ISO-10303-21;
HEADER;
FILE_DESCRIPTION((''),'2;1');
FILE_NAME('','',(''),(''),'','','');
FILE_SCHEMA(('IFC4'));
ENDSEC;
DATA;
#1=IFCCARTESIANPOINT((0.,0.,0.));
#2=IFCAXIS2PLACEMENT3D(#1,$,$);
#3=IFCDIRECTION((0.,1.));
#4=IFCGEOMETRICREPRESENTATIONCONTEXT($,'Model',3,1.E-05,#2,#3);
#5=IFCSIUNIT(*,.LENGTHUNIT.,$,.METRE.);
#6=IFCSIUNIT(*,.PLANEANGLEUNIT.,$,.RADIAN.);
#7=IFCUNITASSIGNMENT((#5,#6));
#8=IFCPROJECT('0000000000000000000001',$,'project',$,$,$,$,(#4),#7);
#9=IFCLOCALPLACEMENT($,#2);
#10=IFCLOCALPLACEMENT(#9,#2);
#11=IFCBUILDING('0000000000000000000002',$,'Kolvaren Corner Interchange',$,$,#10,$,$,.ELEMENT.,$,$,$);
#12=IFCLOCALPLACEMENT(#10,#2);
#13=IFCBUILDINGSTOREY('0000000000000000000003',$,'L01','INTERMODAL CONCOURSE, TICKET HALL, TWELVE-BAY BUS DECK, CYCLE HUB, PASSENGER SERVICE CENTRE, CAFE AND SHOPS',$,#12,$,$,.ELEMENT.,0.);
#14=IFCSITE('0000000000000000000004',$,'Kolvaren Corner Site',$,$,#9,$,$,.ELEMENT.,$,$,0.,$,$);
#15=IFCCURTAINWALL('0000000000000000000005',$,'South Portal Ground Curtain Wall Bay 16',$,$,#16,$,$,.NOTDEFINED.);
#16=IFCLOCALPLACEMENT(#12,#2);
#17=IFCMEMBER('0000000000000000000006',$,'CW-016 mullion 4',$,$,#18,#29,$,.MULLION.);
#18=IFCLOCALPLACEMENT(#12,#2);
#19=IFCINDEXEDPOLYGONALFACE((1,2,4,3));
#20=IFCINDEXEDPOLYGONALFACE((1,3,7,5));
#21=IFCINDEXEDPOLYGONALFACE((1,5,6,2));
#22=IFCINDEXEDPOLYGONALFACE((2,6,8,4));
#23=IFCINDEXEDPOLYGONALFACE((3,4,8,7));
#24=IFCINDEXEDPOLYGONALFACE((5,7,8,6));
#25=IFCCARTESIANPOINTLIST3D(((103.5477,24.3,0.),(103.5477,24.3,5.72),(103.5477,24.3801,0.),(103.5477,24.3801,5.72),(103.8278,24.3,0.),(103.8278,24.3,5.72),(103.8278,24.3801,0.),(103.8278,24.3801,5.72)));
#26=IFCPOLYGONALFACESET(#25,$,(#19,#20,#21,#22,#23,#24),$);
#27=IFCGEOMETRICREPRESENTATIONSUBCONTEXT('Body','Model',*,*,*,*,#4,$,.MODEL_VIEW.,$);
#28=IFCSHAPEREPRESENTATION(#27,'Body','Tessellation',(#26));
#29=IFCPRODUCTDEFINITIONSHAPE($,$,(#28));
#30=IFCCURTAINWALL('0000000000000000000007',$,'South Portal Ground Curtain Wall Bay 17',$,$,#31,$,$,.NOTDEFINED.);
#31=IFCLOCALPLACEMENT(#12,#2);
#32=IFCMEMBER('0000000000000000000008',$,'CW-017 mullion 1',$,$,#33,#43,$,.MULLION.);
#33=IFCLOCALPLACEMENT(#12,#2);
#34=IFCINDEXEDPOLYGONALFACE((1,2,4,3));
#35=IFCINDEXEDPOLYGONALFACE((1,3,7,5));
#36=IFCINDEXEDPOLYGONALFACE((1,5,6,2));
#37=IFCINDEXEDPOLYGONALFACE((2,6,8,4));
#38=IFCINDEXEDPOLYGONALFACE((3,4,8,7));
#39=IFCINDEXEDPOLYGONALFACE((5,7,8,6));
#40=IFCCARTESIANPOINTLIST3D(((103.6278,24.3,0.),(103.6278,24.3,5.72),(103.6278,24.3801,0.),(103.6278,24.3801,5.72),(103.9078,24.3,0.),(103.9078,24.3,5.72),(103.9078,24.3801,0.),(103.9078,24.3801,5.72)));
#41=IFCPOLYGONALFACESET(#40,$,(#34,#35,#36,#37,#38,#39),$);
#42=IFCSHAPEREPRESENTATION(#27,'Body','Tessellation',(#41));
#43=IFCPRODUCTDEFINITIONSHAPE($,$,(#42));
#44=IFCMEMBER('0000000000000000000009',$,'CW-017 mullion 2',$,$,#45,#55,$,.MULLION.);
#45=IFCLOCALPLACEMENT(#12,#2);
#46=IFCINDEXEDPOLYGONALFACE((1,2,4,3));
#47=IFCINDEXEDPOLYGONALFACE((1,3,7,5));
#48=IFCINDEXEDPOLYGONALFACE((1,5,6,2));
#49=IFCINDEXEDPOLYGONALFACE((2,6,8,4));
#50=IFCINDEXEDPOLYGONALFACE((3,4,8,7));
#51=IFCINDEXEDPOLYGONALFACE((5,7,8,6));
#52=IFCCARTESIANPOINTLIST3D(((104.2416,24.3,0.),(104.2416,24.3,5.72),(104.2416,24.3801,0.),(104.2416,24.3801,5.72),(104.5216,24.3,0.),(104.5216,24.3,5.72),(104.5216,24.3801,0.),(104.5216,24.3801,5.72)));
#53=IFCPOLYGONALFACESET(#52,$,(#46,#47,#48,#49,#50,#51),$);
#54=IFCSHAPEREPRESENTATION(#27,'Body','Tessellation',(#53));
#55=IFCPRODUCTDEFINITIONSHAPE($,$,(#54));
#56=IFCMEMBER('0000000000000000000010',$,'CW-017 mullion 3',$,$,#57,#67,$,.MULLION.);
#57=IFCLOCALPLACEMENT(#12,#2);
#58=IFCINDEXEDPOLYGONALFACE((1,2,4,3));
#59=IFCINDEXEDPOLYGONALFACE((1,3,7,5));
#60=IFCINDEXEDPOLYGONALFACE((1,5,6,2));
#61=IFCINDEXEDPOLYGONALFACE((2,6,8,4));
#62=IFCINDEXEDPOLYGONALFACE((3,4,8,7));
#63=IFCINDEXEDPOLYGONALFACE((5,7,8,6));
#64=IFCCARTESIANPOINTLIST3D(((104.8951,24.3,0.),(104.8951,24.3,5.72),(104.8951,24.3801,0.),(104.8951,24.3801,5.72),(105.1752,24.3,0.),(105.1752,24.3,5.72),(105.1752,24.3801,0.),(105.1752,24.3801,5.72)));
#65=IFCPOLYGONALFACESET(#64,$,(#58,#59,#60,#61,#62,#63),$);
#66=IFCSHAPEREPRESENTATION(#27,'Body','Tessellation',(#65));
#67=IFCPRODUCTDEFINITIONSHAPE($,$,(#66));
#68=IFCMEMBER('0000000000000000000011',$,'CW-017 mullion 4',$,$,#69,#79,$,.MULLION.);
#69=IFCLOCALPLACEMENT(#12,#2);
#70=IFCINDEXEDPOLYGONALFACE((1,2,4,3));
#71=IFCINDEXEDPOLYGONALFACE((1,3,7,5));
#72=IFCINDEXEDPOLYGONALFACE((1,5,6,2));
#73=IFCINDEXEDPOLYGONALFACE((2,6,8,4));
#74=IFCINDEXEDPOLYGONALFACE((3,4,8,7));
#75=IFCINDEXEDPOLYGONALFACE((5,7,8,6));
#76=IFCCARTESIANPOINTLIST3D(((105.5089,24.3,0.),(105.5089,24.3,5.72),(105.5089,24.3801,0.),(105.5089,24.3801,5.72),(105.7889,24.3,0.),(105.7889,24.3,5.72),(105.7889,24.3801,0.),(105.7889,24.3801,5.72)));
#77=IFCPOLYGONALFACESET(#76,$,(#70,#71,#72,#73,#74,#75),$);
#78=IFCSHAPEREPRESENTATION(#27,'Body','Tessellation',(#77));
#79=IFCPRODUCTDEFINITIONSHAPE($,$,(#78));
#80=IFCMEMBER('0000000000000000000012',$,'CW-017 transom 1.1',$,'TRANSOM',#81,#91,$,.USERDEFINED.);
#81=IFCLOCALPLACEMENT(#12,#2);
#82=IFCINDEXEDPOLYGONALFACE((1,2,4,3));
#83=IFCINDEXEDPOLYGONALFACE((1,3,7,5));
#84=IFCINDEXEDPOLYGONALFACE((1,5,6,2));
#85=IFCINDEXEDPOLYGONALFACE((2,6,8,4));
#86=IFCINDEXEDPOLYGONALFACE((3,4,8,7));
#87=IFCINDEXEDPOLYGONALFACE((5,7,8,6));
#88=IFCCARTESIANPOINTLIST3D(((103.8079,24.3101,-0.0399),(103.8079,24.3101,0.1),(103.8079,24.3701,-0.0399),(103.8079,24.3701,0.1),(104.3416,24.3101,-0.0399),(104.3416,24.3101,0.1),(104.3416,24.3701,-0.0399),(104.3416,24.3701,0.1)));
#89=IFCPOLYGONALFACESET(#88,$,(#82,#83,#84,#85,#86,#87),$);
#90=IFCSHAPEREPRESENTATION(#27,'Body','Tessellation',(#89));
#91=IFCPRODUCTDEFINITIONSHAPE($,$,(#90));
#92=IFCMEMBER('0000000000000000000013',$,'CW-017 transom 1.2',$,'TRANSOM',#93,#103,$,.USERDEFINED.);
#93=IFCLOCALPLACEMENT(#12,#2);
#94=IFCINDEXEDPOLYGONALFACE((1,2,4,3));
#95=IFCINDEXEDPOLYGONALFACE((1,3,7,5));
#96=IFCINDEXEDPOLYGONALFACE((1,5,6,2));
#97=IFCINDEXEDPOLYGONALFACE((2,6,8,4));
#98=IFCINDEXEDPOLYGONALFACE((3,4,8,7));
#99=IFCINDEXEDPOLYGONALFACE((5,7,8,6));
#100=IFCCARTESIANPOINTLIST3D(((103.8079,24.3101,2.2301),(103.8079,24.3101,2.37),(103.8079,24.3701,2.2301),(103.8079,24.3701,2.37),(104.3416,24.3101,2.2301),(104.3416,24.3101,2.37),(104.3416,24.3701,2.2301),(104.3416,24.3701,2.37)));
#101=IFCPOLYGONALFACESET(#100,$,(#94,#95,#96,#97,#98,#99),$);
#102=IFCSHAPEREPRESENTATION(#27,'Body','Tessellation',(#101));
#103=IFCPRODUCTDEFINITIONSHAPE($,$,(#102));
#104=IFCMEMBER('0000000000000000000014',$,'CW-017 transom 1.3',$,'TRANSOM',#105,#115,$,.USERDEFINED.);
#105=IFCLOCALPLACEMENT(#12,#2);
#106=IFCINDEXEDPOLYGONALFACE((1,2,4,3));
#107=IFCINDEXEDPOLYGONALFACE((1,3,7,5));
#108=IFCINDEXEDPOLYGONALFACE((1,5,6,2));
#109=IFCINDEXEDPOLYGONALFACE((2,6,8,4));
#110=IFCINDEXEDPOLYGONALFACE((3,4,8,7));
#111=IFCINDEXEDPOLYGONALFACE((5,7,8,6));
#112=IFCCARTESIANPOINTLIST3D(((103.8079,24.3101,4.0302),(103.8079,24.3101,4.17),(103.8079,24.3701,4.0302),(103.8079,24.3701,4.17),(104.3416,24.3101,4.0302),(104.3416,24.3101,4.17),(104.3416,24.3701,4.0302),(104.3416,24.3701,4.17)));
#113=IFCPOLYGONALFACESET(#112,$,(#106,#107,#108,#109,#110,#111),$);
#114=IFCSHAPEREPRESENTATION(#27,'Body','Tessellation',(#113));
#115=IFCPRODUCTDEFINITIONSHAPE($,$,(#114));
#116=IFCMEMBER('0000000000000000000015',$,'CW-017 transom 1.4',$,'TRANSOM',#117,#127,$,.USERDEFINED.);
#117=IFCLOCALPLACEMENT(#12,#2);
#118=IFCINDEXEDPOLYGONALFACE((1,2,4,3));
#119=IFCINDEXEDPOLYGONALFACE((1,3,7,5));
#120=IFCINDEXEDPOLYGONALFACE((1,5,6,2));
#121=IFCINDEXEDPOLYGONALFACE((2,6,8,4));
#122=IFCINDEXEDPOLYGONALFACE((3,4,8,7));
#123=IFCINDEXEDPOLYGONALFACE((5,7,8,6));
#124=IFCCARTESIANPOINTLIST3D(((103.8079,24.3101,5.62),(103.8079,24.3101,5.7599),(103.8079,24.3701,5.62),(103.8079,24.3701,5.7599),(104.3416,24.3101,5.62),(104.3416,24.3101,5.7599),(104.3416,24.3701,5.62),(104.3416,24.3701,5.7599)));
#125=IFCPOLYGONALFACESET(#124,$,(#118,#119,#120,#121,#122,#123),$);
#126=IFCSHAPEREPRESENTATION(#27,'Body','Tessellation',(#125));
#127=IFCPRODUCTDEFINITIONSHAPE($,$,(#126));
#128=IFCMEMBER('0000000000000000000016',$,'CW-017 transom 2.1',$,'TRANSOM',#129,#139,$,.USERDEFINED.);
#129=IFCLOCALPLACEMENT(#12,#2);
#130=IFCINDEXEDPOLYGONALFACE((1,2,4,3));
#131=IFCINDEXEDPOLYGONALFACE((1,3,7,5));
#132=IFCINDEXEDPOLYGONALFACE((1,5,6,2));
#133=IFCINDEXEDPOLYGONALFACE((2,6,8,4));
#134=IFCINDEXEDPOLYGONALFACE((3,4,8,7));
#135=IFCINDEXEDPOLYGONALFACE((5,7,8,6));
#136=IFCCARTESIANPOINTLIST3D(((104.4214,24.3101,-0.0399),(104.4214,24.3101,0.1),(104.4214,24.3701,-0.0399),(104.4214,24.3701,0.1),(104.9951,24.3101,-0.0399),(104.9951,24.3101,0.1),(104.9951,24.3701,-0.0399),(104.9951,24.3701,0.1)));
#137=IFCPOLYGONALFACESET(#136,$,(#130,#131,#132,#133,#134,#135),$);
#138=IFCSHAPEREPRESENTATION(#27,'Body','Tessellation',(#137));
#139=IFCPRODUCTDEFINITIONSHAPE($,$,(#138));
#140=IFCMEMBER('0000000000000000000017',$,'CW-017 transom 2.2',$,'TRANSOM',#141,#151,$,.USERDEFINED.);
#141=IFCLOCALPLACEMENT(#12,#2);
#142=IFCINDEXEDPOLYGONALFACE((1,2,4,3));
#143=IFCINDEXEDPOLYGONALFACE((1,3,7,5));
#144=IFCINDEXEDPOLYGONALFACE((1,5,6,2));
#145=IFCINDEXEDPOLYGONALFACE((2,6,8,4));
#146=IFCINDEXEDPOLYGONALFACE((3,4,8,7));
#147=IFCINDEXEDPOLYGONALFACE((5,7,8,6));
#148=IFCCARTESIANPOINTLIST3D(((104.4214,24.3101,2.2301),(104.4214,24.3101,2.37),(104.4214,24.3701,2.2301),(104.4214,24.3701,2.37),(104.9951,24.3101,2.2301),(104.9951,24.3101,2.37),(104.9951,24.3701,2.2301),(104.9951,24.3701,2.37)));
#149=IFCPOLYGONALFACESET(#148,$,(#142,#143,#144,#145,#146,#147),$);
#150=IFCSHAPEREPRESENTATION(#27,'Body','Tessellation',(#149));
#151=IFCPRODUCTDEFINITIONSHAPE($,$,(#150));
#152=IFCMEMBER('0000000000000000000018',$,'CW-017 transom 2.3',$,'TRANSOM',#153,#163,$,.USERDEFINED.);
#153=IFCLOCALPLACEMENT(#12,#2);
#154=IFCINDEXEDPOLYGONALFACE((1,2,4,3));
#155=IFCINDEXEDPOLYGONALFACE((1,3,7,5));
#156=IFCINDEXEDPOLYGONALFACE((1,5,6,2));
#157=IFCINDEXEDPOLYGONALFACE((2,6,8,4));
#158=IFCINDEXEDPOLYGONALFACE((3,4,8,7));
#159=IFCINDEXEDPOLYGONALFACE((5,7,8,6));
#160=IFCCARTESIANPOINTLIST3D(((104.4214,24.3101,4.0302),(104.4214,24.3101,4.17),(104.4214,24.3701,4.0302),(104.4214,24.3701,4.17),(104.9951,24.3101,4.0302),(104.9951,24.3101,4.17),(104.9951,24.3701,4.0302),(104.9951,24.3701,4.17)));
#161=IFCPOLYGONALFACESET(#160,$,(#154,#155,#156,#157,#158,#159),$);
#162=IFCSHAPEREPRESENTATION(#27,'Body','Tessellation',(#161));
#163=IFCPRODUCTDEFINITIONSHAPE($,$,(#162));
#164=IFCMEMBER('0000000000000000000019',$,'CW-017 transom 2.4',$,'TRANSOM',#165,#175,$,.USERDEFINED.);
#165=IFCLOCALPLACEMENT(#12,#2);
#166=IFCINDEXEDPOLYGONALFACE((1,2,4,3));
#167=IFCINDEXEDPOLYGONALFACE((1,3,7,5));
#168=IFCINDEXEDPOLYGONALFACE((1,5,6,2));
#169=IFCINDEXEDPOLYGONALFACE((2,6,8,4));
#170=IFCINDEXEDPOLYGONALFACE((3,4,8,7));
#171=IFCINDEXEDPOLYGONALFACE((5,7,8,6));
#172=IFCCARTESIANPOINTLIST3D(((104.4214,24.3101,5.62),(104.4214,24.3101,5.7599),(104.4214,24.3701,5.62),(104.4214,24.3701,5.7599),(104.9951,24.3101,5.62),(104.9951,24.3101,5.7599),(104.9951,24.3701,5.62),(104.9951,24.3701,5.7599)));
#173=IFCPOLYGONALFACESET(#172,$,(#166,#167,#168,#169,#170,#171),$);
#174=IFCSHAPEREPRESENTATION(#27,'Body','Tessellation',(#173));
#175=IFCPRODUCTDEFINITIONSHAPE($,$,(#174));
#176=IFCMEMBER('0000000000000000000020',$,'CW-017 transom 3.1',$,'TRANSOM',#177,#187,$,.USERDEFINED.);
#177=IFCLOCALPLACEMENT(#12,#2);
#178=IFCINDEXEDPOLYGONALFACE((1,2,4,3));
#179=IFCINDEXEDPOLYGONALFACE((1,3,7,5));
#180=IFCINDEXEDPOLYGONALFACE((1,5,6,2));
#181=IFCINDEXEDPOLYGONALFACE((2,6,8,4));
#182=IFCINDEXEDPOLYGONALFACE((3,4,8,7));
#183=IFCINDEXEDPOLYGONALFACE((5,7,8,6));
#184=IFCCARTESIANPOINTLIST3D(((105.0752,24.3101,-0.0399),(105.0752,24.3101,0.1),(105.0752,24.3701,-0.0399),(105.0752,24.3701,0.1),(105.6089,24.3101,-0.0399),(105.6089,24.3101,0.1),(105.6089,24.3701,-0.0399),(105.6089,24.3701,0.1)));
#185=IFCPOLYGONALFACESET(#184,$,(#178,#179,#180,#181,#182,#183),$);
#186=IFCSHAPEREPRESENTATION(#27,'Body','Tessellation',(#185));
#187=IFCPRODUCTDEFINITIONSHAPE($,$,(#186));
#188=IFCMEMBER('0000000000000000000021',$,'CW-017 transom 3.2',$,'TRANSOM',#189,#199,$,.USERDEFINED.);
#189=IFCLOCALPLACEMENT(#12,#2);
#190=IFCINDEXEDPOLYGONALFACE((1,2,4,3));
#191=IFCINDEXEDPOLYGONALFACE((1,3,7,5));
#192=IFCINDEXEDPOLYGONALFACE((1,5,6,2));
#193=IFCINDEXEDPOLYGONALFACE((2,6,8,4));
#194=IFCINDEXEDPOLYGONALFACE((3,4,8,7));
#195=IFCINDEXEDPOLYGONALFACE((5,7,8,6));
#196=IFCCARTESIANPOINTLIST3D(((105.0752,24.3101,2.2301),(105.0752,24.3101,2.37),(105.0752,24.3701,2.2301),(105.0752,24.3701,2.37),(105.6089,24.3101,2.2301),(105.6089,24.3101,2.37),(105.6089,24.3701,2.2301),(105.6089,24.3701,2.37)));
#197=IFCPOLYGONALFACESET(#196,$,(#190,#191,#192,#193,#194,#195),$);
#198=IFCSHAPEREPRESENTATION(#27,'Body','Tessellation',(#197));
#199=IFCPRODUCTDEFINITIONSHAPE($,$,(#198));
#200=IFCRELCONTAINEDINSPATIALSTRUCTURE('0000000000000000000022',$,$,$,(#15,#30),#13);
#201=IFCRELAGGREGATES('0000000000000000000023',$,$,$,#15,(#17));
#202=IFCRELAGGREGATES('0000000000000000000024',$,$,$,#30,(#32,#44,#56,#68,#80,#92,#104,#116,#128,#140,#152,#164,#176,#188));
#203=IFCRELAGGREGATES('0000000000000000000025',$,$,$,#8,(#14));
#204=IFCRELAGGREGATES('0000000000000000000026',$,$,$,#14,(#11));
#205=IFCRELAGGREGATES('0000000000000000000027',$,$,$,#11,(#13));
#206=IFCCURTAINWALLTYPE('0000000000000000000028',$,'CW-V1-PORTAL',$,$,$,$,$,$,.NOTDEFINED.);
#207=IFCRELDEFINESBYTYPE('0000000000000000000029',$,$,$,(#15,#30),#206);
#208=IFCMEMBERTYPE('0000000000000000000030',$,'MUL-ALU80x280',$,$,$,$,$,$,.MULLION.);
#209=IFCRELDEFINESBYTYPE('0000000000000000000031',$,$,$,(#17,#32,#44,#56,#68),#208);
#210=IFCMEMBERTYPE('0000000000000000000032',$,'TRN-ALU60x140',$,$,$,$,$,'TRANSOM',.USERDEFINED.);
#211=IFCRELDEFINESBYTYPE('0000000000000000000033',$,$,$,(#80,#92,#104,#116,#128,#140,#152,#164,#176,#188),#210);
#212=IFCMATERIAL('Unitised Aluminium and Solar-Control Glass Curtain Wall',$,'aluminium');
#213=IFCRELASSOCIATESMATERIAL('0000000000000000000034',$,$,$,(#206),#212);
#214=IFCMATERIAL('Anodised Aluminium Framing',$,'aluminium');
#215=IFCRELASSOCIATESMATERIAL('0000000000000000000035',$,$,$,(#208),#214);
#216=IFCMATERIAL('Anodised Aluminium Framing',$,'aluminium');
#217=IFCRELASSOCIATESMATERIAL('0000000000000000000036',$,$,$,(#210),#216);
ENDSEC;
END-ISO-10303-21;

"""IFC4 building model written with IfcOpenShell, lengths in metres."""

from ifc_helpers import new_model, si_unit, direction, frame, origin, origin_2d, place, context, subcontext, project, spatial, rectangle, extrude, material, material_profile, profile_set, type_object, element, aggregate, save


model = new_model("IFC4")

# Units and contexts
model_context = context("Model", 3, precision=1e-05, world=origin(), true_north=direction((0.0, 1.0)))
body_context = subcontext(model_context, "Body", "Model", "MODEL_VIEW")
ifc_project = project(units=[si_unit("LENGTHUNIT", "METRE"), si_unit("PLANEANGLEUNIT", "RADIAN")], contexts=[model_context])

# Site, building, storey
site_placement = place(None, origin())
site = spatial("IfcSite", under=ifc_project, at=site_placement, Name="Kolvaren Corner Site", CompositionType="ELEMENT", RefElevation=0.0)
building_placement = place(site_placement, origin())
building = spatial("IfcBuilding", under=site, at=building_placement, Name="Kolvaren Corner Interchange", CompositionType="ELEMENT")
storey_placement = place(building_placement, origin())
storey = spatial("IfcBuildingStorey", under=building, at=storey_placement, Name="L01", Description="INTERMODAL CONCOURSE, TICKET HALL, TWELVE-BAY BUS DECK, CYCLE HUB, PASSENGER SERVICE CENTRE, CAFE AND SHOPS", CompositionType="ELEMENT", Elevation=0.0)

# Curtain wall, member
ifc_material_1 = material(Name="Unitised Aluminium and Solar-Control Glass Curtain Wall", Category="aluminium")
curtain_wall_type = type_object("IfcCurtainWallType", Name="CW-V1-PORTAL", PredefinedType="NOTDEFINED", material=ifc_material_1)
curtain_wall_1_placement = place(storey_placement, origin())
curtain_wall_1 = element("IfcCurtainWall", 1, at=curtain_wall_1_placement, inside=storey, type_object=curtain_wall_type, Name="South Portal Ground Curtain Wall Bay 16", PredefinedType="NOTDEFINED")
ifc_material_2 = material(Name="Anodised Aluminium Framing", Category="aluminium")
ifc_material_profile_1 = material_profile(ifc_material_2, rectangle(XDim=0.0801, YDim=0.28, at=origin_2d()), Name="ALU 80x280")
ifc_profile_set_1 = profile_set([ifc_material_profile_1], Name="Anodised Aluminium Framing")
member_type_1 = type_object("IfcMemberType", Name="MUL-ALU80x280", PredefinedType="MULLION", material=ifc_profile_set_1)
member_1_placement = place(storey_placement, frame((103.6877, 24.3401, 0.0), z_axis=(0.0, 0.0, 1.0), x_axis=(0.0, 1.0, 0.0)))
member_1 = element("IfcMember", 2, at=member_1_placement, type_object=member_type_1, Name="CW-016 mullion 4", PredefinedType="MULLION", context=body_context, shape_type="SweptSolid", body=[
    extrude(rectangle(XDim=0.0801, YDim=0.28, at=origin_2d()), origin(), (0.0, 0.0, 1.0), 5.72),
])
aggregate(curtain_wall_1, [member_1])

# Curtain wall, members
curtain_wall_2_placement = place(storey_placement, origin())
curtain_wall_2 = element("IfcCurtainWall", 3, at=curtain_wall_2_placement, inside=storey, type_object=curtain_wall_type, Name="South Portal Ground Curtain Wall Bay 17", PredefinedType="NOTDEFINED")
member_2_placement = place(storey_placement, frame((103.7678, 24.3401, 0.0), z_axis=(0.0, 0.0, 1.0), x_axis=(0.0, 1.0, 0.0)))
member_2 = element("IfcMember", 4, at=member_2_placement, type_object=member_type_1, Name="CW-017 mullion 1", PredefinedType="MULLION", context=body_context, shape_type="SweptSolid", body=[
    extrude(rectangle(XDim=0.0801, YDim=0.28, at=origin_2d()), origin(), (0.0, 0.0, 1.0), 5.72),
])
member_3_placement = place(storey_placement, frame((104.3816, 24.3401, 0.0), z_axis=(0.0, 0.0, 1.0), x_axis=(0.0, 1.0, 0.0)))
member_3 = element("IfcMember", 5, at=member_3_placement, type_object=member_type_1, Name="CW-017 mullion 2", PredefinedType="MULLION", context=body_context, shape_type="SweptSolid", body=[
    extrude(rectangle(XDim=0.0801, YDim=0.28, at=origin_2d()), origin(), (0.0, 0.0, 1.0), 5.72),
])
member_4_placement = place(storey_placement, frame((105.0352, 24.3401, 0.0), z_axis=(0.0, 0.0, 1.0), x_axis=(0.0, 1.0, 0.0)))
member_4 = element("IfcMember", 6, at=member_4_placement, type_object=member_type_1, Name="CW-017 mullion 3", PredefinedType="MULLION", context=body_context, shape_type="SweptSolid", body=[
    extrude(rectangle(XDim=0.0801, YDim=0.28, at=origin_2d()), origin(), (0.0, 0.0, 1.0), 5.72),
])
member_5_placement = place(storey_placement, frame((105.6489, 24.3401, 0.0), z_axis=(0.0, 0.0, 1.0), x_axis=(0.0, 1.0, 0.0)))
member_5 = element("IfcMember", 7, at=member_5_placement, type_object=member_type_1, Name="CW-017 mullion 4", PredefinedType="MULLION", context=body_context, shape_type="SweptSolid", body=[
    extrude(rectangle(XDim=0.0801, YDim=0.28, at=origin_2d()), origin(), (0.0, 0.0, 1.0), 5.72),
])
ifc_material_3 = material(Name="Anodised Aluminium Framing", Category="aluminium")
ifc_material_profile_2 = material_profile(ifc_material_3, rectangle(XDim=0.0601, YDim=0.1399, at=origin_2d()), Name="ALU 60x140")
ifc_profile_set_2 = profile_set([ifc_material_profile_2], Name="Anodised Aluminium Framing")
member_type_2 = type_object("IfcMemberType", Name="TRN-ALU60x140", ElementType="TRANSOM", PredefinedType="USERDEFINED", material=ifc_profile_set_2)
member_6_placement = place(storey_placement, frame((103.8079, 24.3401, 0.03), z_axis=(1.0, 0.0, 0.0), x_axis=(0.0, 1.0, 0.0)))
member_6 = element("IfcMember", 8, at=member_6_placement, type_object=member_type_2, Name="CW-017 transom 1.1", ObjectType="TRANSOM", PredefinedType="USERDEFINED", context=body_context, shape_type="SweptSolid", body=[
    extrude(rectangle(XDim=0.0601, YDim=0.1399, at=origin_2d()), origin(), (0.0, 0.0, 1.0), 0.5337),
])
member_7_placement = place(storey_placement, frame((103.8079, 24.3401, 2.3), z_axis=(1.0, 0.0, 0.0), x_axis=(0.0, 1.0, 0.0)))
member_7 = element("IfcMember", 9, at=member_7_placement, type_object=member_type_2, Name="CW-017 transom 1.2", ObjectType="TRANSOM", PredefinedType="USERDEFINED", context=body_context, shape_type="SweptSolid", body=[
    extrude(rectangle(XDim=0.0601, YDim=0.1399, at=origin_2d()), origin(), (0.0, 0.0, 1.0), 0.5337),
])
member_8_placement = place(storey_placement, frame((103.8079, 24.3401, 4.1001), z_axis=(1.0, 0.0, 0.0), x_axis=(0.0, 1.0, 0.0)))
member_8 = element("IfcMember", 10, at=member_8_placement, type_object=member_type_2, Name="CW-017 transom 1.3", ObjectType="TRANSOM", PredefinedType="USERDEFINED", context=body_context, shape_type="SweptSolid", body=[
    extrude(rectangle(XDim=0.0601, YDim=0.1399, at=origin_2d()), origin(), (0.0, 0.0, 1.0), 0.5337),
])
member_9_placement = place(storey_placement, frame((103.8079, 24.3401, 5.6899), z_axis=(1.0, 0.0, 0.0), x_axis=(0.0, 1.0, 0.0)))
member_9 = element("IfcMember", 11, at=member_9_placement, type_object=member_type_2, Name="CW-017 transom 1.4", ObjectType="TRANSOM", PredefinedType="USERDEFINED", context=body_context, shape_type="SweptSolid", body=[
    extrude(rectangle(XDim=0.0601, YDim=0.1399, at=origin_2d()), origin(), (0.0, 0.0, 1.0), 0.5337),
])
member_10_placement = place(storey_placement, frame((104.4214, 24.3401, 0.03), z_axis=(1.0, 0.0, 0.0), x_axis=(0.0, 1.0, 0.0)))
member_10 = element("IfcMember", 12, at=member_10_placement, type_object=member_type_2, Name="CW-017 transom 2.1", ObjectType="TRANSOM", PredefinedType="USERDEFINED", context=body_context, shape_type="SweptSolid", body=[
    extrude(rectangle(XDim=0.0601, YDim=0.1399, at=origin_2d()), origin(), (0.0, 0.0, 1.0), 0.5737),
])
member_11_placement = place(storey_placement, frame((104.4214, 24.3401, 2.3), z_axis=(1.0, 0.0, 0.0), x_axis=(0.0, 1.0, 0.0)))
member_11 = element("IfcMember", 13, at=member_11_placement, type_object=member_type_2, Name="CW-017 transom 2.2", ObjectType="TRANSOM", PredefinedType="USERDEFINED", context=body_context, shape_type="SweptSolid", body=[
    extrude(rectangle(XDim=0.0601, YDim=0.1399, at=origin_2d()), origin(), (0.0, 0.0, 1.0), 0.5737),
])
member_12_placement = place(storey_placement, frame((104.4214, 24.3401, 4.1001), z_axis=(1.0, 0.0, 0.0), x_axis=(0.0, 1.0, 0.0)))
member_12 = element("IfcMember", 14, at=member_12_placement, type_object=member_type_2, Name="CW-017 transom 2.3", ObjectType="TRANSOM", PredefinedType="USERDEFINED", context=body_context, shape_type="SweptSolid", body=[
    extrude(rectangle(XDim=0.0601, YDim=0.1399, at=origin_2d()), origin(), (0.0, 0.0, 1.0), 0.5737),
])
member_13_placement = place(storey_placement, frame((104.4214, 24.3401, 5.6899), z_axis=(1.0, 0.0, 0.0), x_axis=(0.0, 1.0, 0.0)))
member_13 = element("IfcMember", 15, at=member_13_placement, type_object=member_type_2, Name="CW-017 transom 2.4", ObjectType="TRANSOM", PredefinedType="USERDEFINED", context=body_context, shape_type="SweptSolid", body=[
    extrude(rectangle(XDim=0.0601, YDim=0.1399, at=origin_2d()), origin(), (0.0, 0.0, 1.0), 0.5737),
])
member_14_placement = place(storey_placement, frame((105.0752, 24.3401, 0.03), z_axis=(1.0, 0.0, 0.0), x_axis=(0.0, 1.0, 0.0)))
member_14 = element("IfcMember", 16, at=member_14_placement, type_object=member_type_2, Name="CW-017 transom 3.1", ObjectType="TRANSOM", PredefinedType="USERDEFINED", context=body_context, shape_type="SweptSolid", body=[
    extrude(rectangle(XDim=0.0601, YDim=0.1399, at=origin_2d()), origin(), (0.0, 0.0, 1.0), 0.5337),
])
member_15_placement = place(storey_placement, frame((105.0752, 24.3401, 2.3), z_axis=(1.0, 0.0, 0.0), x_axis=(0.0, 1.0, 0.0)))
member_15 = element("IfcMember", 17, at=member_15_placement, type_object=member_type_2, Name="CW-017 transom 3.2", ObjectType="TRANSOM", PredefinedType="USERDEFINED", context=body_context, shape_type="SweptSolid", body=[
    extrude(rectangle(XDim=0.0601, YDim=0.1399, at=origin_2d()), origin(), (0.0, 0.0, 1.0), 0.5337),
])
aggregate(curtain_wall_2, [member_2, member_3, member_4, member_5, member_6, member_7, member_8, member_9, member_10, member_11, member_12, member_13, member_14, member_15])

save(model, "model.ifc")
